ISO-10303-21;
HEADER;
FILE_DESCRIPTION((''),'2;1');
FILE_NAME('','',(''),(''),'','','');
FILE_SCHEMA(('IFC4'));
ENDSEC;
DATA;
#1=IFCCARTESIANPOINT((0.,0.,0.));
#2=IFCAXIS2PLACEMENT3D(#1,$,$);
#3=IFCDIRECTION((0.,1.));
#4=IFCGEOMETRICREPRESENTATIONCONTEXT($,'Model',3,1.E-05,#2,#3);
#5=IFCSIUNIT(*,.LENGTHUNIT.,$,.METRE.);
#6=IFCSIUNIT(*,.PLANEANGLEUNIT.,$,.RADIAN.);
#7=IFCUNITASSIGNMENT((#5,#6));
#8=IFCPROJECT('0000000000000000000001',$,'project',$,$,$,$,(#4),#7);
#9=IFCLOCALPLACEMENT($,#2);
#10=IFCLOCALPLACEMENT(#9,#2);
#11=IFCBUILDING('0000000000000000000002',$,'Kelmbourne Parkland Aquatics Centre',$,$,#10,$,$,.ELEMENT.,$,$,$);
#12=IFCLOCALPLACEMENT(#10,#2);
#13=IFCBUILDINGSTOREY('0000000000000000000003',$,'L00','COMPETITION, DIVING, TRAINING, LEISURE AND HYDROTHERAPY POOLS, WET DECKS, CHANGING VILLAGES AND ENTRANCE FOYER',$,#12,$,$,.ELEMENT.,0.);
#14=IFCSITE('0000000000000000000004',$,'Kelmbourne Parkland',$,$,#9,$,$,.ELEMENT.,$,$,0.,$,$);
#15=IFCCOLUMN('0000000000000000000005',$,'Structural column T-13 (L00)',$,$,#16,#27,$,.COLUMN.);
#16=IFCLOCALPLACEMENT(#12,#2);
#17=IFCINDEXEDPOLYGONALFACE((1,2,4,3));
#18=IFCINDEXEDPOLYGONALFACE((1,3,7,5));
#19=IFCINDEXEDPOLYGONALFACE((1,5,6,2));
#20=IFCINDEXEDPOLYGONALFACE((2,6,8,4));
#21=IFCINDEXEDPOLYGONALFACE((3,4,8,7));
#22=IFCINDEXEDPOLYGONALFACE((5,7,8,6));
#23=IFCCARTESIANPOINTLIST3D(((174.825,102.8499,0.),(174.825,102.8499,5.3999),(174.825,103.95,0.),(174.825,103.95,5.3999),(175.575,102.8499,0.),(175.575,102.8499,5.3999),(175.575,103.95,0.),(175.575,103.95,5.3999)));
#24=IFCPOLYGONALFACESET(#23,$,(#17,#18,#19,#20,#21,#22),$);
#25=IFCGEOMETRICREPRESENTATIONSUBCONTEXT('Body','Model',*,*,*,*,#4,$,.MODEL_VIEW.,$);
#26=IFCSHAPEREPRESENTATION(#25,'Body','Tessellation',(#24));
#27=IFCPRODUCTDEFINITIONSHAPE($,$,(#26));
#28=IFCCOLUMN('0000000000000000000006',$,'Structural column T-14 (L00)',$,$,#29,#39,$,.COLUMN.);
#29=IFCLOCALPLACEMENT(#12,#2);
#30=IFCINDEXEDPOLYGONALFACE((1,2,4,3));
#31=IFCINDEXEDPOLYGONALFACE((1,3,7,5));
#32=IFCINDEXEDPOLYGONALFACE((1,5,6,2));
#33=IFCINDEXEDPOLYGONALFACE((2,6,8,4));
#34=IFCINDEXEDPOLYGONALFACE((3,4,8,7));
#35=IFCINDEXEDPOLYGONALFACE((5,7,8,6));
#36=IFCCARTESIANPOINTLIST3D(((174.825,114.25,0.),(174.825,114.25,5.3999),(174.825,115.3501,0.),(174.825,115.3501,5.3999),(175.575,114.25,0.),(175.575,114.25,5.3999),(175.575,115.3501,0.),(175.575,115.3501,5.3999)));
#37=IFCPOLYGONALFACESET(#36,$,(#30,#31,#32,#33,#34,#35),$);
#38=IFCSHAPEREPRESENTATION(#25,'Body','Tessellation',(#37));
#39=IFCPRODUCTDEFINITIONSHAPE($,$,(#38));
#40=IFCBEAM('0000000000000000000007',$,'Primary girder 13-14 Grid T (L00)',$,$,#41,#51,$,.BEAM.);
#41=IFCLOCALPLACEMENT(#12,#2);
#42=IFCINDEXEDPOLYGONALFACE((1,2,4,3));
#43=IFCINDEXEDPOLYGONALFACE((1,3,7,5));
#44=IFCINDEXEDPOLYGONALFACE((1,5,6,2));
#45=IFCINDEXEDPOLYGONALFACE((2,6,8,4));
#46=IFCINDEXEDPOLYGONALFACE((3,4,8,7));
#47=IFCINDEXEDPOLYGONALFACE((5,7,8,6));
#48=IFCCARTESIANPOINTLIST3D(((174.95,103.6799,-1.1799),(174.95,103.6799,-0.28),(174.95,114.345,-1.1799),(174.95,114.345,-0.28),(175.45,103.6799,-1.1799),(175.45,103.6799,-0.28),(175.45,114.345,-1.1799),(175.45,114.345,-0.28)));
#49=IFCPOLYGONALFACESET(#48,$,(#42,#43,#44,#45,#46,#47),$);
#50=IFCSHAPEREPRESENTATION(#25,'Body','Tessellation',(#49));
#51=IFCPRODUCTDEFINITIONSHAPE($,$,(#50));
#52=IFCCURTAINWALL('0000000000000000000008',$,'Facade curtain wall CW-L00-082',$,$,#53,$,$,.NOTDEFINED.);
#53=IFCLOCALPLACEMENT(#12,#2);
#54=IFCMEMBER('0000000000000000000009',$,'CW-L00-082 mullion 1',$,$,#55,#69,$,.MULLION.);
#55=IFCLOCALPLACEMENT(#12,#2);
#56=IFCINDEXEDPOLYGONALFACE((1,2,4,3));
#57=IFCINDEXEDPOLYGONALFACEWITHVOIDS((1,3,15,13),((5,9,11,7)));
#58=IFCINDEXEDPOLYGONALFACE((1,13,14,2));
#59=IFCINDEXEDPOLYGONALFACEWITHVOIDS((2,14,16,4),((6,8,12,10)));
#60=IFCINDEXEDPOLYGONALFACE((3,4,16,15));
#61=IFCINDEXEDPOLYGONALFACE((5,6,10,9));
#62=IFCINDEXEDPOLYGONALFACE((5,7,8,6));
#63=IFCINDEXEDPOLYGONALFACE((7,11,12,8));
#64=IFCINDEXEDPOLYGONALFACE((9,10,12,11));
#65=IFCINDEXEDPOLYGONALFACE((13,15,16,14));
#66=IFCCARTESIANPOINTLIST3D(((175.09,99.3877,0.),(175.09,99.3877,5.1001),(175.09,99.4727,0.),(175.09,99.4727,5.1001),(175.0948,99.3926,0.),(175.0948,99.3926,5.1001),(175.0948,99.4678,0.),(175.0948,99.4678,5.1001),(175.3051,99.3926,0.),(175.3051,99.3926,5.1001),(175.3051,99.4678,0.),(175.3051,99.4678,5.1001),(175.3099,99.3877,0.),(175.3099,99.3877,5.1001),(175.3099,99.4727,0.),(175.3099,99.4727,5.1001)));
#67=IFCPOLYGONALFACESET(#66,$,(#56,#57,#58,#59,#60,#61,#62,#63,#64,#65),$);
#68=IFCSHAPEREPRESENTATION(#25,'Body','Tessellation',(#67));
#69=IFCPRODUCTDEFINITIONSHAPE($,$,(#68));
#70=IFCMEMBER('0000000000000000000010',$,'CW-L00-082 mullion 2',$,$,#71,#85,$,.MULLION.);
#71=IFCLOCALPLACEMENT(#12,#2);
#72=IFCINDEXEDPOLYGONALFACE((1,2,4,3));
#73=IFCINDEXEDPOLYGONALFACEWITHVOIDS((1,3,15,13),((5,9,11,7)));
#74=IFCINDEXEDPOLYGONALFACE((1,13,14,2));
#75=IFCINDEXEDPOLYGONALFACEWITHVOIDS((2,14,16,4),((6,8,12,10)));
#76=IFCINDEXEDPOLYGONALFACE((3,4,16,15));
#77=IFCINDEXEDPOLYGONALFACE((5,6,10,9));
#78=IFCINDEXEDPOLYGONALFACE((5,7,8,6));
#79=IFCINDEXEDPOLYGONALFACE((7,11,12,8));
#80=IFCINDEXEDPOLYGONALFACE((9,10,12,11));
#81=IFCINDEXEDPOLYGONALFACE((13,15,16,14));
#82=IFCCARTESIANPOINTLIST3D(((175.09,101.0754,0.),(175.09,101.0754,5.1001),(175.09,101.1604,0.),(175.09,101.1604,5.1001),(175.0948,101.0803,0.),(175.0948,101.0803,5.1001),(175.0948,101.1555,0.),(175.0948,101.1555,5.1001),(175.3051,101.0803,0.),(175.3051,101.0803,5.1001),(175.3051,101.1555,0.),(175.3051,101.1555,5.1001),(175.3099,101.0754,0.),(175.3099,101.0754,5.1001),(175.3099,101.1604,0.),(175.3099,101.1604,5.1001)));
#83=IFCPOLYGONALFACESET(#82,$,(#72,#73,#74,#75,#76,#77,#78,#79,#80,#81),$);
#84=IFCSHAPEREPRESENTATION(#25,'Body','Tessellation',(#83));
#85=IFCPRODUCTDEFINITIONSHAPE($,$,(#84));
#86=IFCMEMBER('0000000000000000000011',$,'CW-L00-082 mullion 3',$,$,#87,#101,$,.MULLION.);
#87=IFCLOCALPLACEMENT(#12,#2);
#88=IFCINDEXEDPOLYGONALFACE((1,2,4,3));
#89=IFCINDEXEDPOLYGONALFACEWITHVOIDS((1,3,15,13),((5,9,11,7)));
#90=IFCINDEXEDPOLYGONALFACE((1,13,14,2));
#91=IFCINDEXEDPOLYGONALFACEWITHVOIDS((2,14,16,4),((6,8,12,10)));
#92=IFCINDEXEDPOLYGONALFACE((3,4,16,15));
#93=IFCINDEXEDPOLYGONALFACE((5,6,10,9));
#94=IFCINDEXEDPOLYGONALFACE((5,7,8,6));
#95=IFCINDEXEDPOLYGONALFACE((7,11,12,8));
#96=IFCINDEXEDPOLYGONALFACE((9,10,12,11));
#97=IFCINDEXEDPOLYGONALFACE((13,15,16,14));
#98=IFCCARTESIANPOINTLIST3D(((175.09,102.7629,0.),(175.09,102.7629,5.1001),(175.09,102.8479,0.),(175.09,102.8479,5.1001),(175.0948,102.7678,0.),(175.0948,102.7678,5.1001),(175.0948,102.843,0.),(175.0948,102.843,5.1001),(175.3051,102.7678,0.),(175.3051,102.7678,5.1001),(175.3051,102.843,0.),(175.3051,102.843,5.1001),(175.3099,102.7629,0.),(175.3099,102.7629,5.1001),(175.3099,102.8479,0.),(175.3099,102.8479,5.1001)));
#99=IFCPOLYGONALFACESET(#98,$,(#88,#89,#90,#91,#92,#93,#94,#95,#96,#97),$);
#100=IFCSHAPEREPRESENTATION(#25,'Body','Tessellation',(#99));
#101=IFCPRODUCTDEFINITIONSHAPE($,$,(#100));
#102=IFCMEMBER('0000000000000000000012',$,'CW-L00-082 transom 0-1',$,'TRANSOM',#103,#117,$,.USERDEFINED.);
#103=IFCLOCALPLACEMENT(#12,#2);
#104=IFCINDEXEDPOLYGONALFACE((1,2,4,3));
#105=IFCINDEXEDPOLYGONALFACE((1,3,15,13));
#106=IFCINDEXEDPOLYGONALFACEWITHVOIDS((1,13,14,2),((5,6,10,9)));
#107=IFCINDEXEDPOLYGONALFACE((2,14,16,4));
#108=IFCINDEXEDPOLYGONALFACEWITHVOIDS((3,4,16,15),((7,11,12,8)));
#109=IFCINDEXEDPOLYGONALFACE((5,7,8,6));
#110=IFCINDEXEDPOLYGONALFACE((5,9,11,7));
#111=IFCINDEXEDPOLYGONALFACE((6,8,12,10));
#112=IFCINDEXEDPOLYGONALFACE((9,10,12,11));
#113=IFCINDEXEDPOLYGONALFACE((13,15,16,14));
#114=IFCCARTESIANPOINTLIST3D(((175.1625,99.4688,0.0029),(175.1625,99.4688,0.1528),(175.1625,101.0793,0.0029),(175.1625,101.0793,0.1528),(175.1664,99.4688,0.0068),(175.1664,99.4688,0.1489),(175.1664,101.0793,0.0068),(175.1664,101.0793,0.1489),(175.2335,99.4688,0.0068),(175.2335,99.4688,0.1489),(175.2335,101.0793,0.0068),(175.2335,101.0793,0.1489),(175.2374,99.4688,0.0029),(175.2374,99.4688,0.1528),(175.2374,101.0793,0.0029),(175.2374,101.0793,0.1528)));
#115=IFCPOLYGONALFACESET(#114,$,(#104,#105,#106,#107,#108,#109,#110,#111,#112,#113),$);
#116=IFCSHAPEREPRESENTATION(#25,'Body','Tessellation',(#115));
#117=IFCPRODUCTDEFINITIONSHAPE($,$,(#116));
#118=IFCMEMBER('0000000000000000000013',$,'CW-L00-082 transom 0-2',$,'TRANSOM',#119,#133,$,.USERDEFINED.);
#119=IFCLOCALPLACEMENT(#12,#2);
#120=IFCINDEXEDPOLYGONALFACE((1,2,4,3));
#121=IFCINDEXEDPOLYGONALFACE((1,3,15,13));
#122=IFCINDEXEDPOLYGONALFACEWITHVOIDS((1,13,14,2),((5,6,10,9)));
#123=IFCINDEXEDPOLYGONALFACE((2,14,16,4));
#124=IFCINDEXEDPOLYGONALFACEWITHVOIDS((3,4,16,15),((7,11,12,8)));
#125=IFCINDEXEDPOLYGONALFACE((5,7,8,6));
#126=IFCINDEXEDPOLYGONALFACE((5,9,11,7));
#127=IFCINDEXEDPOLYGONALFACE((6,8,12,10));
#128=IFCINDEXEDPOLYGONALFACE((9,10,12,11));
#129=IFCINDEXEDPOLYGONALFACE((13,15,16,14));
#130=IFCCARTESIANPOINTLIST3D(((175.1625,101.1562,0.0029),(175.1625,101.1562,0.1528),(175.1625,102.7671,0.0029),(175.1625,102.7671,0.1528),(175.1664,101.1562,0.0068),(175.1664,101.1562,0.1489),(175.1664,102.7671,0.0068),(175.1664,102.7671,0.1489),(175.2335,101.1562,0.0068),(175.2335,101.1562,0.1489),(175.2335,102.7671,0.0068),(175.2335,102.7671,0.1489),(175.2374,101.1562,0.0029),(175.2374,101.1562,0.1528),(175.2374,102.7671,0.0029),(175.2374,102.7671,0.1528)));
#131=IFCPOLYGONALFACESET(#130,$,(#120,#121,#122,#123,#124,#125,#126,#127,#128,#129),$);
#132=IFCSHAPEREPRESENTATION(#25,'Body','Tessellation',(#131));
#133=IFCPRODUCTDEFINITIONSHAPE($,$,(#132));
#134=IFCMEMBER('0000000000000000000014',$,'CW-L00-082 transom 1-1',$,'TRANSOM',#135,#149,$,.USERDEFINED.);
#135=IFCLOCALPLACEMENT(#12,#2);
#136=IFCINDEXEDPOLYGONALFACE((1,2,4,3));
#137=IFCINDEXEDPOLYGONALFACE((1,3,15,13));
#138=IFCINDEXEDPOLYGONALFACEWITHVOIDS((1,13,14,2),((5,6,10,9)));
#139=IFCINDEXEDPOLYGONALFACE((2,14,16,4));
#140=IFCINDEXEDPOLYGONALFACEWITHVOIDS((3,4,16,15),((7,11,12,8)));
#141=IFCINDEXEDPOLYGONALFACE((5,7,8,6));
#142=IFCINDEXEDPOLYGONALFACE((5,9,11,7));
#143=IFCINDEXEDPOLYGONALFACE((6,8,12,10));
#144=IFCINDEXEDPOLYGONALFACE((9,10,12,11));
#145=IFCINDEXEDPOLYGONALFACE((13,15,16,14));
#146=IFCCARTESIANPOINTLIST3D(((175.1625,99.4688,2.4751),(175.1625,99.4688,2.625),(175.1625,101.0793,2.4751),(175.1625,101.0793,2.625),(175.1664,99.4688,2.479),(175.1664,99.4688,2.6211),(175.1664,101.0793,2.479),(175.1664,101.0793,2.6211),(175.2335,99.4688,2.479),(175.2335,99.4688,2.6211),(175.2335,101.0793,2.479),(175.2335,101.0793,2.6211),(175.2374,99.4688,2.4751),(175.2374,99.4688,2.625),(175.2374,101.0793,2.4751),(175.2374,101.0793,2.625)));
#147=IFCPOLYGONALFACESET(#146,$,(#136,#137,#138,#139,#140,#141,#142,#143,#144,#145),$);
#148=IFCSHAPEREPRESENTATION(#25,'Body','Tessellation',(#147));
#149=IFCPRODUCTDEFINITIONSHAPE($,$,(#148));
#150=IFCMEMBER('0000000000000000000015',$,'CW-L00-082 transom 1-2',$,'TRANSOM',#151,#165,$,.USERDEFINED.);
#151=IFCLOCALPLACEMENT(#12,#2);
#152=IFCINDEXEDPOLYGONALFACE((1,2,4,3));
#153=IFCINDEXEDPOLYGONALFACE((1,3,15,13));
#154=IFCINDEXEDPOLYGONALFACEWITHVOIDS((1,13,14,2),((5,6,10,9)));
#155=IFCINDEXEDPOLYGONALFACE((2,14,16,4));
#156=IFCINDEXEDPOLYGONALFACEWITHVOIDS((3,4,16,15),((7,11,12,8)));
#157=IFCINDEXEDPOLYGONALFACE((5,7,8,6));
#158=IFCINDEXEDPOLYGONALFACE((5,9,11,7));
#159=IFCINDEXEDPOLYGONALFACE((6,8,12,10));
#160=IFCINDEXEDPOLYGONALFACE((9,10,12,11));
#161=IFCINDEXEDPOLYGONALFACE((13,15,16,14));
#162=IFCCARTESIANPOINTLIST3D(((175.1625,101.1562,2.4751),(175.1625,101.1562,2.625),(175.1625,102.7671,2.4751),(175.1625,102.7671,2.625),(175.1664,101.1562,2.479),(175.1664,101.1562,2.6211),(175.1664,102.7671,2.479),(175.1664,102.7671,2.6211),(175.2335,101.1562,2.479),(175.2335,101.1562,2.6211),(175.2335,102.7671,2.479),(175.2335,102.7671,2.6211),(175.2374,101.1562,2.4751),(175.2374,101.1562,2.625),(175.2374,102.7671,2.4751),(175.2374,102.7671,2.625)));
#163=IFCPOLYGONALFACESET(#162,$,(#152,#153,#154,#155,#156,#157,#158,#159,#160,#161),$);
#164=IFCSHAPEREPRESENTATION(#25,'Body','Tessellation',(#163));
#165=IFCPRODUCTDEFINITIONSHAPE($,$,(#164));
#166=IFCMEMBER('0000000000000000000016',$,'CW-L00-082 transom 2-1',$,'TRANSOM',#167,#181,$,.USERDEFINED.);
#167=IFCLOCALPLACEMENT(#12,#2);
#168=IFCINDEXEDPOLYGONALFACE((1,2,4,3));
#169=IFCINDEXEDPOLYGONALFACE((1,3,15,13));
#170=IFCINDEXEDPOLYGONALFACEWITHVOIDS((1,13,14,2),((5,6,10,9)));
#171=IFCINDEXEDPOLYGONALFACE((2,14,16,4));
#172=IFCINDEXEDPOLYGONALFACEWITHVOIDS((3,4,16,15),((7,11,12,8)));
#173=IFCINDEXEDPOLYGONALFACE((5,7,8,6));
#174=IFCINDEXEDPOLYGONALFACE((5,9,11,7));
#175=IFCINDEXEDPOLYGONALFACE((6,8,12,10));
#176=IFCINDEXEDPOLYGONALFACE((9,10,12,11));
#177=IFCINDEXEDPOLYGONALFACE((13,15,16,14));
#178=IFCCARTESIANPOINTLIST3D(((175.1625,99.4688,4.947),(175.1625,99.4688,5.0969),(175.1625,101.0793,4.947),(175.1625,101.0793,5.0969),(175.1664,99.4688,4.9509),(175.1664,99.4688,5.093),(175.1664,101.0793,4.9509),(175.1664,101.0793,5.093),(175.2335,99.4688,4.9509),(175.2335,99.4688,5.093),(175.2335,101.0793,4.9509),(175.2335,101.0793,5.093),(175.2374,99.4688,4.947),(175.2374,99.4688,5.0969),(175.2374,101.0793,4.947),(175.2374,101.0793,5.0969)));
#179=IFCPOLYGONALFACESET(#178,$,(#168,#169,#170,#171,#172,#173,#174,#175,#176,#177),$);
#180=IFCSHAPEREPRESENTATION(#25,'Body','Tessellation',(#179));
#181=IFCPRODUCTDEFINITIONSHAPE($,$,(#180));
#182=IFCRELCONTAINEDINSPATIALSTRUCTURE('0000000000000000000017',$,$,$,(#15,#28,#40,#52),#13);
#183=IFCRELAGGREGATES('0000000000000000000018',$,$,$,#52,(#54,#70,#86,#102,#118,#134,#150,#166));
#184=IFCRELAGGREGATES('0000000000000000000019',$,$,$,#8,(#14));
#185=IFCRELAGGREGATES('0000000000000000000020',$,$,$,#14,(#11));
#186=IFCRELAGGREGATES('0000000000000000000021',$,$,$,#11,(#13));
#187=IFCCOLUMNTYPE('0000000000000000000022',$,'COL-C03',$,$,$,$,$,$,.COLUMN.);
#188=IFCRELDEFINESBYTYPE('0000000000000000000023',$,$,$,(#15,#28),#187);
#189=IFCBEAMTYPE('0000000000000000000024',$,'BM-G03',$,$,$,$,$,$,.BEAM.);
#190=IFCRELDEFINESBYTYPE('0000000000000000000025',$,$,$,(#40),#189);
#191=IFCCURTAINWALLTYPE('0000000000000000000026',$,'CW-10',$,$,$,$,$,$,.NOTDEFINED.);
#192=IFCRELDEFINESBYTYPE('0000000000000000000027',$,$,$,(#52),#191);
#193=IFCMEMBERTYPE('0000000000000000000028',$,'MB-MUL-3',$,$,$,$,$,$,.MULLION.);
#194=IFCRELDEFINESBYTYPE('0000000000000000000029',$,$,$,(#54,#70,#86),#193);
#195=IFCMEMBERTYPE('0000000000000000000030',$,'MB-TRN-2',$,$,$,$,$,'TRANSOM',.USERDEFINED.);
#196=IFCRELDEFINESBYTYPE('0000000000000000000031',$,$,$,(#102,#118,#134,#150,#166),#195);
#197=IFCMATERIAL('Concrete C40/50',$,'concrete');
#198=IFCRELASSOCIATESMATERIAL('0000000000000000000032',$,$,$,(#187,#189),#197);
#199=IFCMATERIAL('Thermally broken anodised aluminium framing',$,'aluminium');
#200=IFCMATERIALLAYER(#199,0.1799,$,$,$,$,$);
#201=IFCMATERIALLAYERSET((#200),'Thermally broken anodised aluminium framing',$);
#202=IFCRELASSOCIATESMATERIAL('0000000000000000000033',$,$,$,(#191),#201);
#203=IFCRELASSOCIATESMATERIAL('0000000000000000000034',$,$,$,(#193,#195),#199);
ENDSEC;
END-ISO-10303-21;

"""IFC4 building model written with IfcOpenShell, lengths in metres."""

from ifc_helpers import new_model, si_unit, direction, frame, origin, origin_2d, place, context, subcontext, project, spatial, rectangle, hollow_rectangle, extrude, material, layer, layer_set, material_profile, profile_set, type_object, element, aggregate, save


model = new_model("IFC4")

# Units and contexts
model_context = context("Model", 3, precision=1e-05, world=origin(), true_north=direction((0.0, 1.0)))
body_context = subcontext(model_context, "Body", "Model", "MODEL_VIEW")
ifc_project = project(units=[si_unit("LENGTHUNIT", "METRE"), si_unit("PLANEANGLEUNIT", "RADIAN")], contexts=[model_context])

# Site, building, storey
site_placement = place(None, origin())
site = spatial("IfcSite", under=ifc_project, at=site_placement, Name="Kelmbourne Parkland", CompositionType="ELEMENT", RefElevation=0.0)
building_placement = place(site_placement, origin())
building = spatial("IfcBuilding", under=site, at=building_placement, Name="Kelmbourne Parkland Aquatics Centre", CompositionType="ELEMENT")
storey_placement = place(building_placement, origin())
storey = spatial("IfcBuildingStorey", under=building, at=storey_placement, Name="L00", Description="COMPETITION, DIVING, TRAINING, LEISURE AND HYDROTHERAPY POOLS, WET DECKS, CHANGING VILLAGES AND ENTRANCE FOYER", CompositionType="ELEMENT", Elevation=0.0)

# Columns
ifc_material_1 = material(Name="Concrete C40/50", Category="concrete")
ifc_material_profile_1 = material_profile(ifc_material_1, rectangle(XDim=0.75, YDim=1.1001, at=origin_2d()), Name="RC 750x1100")
ifc_profile_set_1 = profile_set([ifc_material_profile_1], Name="Concrete C40/50")
column_type = type_object("IfcColumnType", Name="COL-C03", PredefinedType="COLUMN", material=ifc_profile_set_1)
for number, where, z_axis, x_axis, name in (
    (1, (175.2, 103.3999, 0.0), (0.0, 0.0, 1.0), (1.0, 0.0, 0.0), "Structural column T-13 (L00)"),
    (2, (175.2, 114.8, 0.0), (0.0, 0.0, 1.0), (1.0, 0.0, 0.0), "Structural column T-14 (L00)"),
):
    element("IfcColumn", number, at=place(storey_placement, frame(where, z_axis=z_axis, x_axis=x_axis)), inside=storey, type_object=column_type, Name=name, PredefinedType="COLUMN", context=body_context, shape_type="SweptSolid", body=[
        extrude(rectangle(XDim=0.75, YDim=1.1001, at=origin_2d()), origin(), (0.0, 0.0, 1.0), 5.3999),
    ])

# Beam
ifc_material_profile_2 = material_profile(ifc_material_1, rectangle(XDim=0.5, YDim=0.8999, at=origin_2d()), Name="RC 500x900")
ifc_profile_set_2 = profile_set([ifc_material_profile_2], Name="Concrete C40/50")
beam_type = type_object("IfcBeamType", Name="BM-G03", PredefinedType="BEAM", material=ifc_profile_set_2)
beam_placement = place(storey_placement, frame((175.2, 103.6799, -0.73), z_axis=(0.0, 1.0, 0.0), x_axis=(-1.0, 0.0, 0.0)))
element("IfcBeam", 3, at=beam_placement, inside=storey, type_object=beam_type, Name="Primary girder 13-14 Grid T (L00)", PredefinedType="BEAM", context=body_context, shape_type="SweptSolid", body=[
    extrude(rectangle(XDim=0.5, YDim=0.8999, at=origin_2d()), origin(), (0.0, 0.0, 1.0), 10.665),
])

# Curtain wall, members
ifc_material_2 = material(Name="Thermally broken anodised aluminium framing", Category="aluminium")
ifc_layer_1 = layer(ifc_material_2, 0.1799)
ifc_layer_set_1 = layer_set([ifc_layer_1], Name="Thermally broken anodised aluminium framing")
curtain_wall_type = type_object("IfcCurtainWallType", Name="CW-10", PredefinedType="NOTDEFINED", material=ifc_layer_set_1)
curtain_wall_placement = place(storey_placement, origin())
curtain_wall = element("IfcCurtainWall", 4, at=curtain_wall_placement, inside=storey, type_object=curtain_wall_type, Name="Facade curtain wall CW-L00-082", PredefinedType="NOTDEFINED")
ifc_material_profile_3 = material_profile(ifc_material_2, hollow_rectangle(XDim=0.085, YDim=0.22, WallThickness=0.0049, at=origin_2d()), Name="CW-M 85x220")
ifc_profile_set_3 = profile_set([ifc_material_profile_3], Name="Thermally broken anodised aluminium framing")
member_type_1 = type_object("IfcMemberType", Name="MB-MUL-3", PredefinedType="MULLION", material=ifc_profile_set_3)
member_1_placement = place(storey_placement, frame((175.2, 99.4302, 0.0), z_axis=(0.0, 0.0, 1.0), x_axis=(0.0, 1.0, 0.0)))
member_1 = element("IfcMember", 5, at=member_1_placement, type_object=member_type_1, Name="CW-L00-082 mullion 1", PredefinedType="MULLION", context=body_context, shape_type="SweptSolid", body=[
    extrude(hollow_rectangle(XDim=0.085, YDim=0.22, WallThickness=0.0049, at=origin_2d()), origin(), (0.0, 0.0, 1.0), 5.1001),
])
member_2_placement = place(storey_placement, frame((175.2, 101.1179, 0.0), z_axis=(0.0, 0.0, 1.0), x_axis=(0.0, 1.0, 0.0)))
member_2 = element("IfcMember", 6, at=member_2_placement, type_object=member_type_1, Name="CW-L00-082 mullion 2", PredefinedType="MULLION", context=body_context, shape_type="SweptSolid", body=[
    extrude(hollow_rectangle(XDim=0.085, YDim=0.22, WallThickness=0.0049, at=origin_2d()), origin(), (0.0, 0.0, 1.0), 5.1001),
])
member_3_placement = place(storey_placement, frame((175.2, 102.8054, 0.0), z_axis=(0.0, 0.0, 1.0), x_axis=(0.0, 1.0, 0.0)))
member_3 = element("IfcMember", 7, at=member_3_placement, type_object=member_type_1, Name="CW-L00-082 mullion 3", PredefinedType="MULLION", context=body_context, shape_type="SweptSolid", body=[
    extrude(hollow_rectangle(XDim=0.085, YDim=0.22, WallThickness=0.0049, at=origin_2d()), origin(), (0.0, 0.0, 1.0), 5.1001),
])
ifc_material_profile_4 = material_profile(ifc_material_2, hollow_rectangle(XDim=0.075, YDim=0.1499, WallThickness=0.0039, at=origin_2d()), Name="CW-T 75x150")
ifc_profile_set_4 = profile_set([ifc_material_profile_4], Name="Thermally broken anodised aluminium framing")
member_type_2 = type_object("IfcMemberType", Name="MB-TRN-2", ElementType="TRANSOM", PredefinedType="USERDEFINED", material=ifc_profile_set_4)
member_4_placement = place(storey_placement, frame((175.2, 99.4688, 0.0779), z_axis=(0.0, 1.0, 0.0), x_axis=(-1.0, 0.0, 0.0)))
member_4 = element("IfcMember", 8, at=member_4_placement, type_object=member_type_2, Name="CW-L00-082 transom 0-1", ObjectType="TRANSOM", PredefinedType="USERDEFINED", context=body_context, shape_type="SweptSolid", body=[
    extrude(hollow_rectangle(XDim=0.075, YDim=0.1499, WallThickness=0.0039, at=origin_2d()), origin(), (0.0, 0.0, 1.0), 1.6106),
])
member_5_placement = place(storey_placement, frame((175.2, 101.1562, 0.0779), z_axis=(0.0, 1.0, 0.0), x_axis=(-1.0, 0.0, 0.0)))
member_5 = element("IfcMember", 9, at=member_5_placement, type_object=member_type_2, Name="CW-L00-082 transom 0-2", ObjectType="TRANSOM", PredefinedType="USERDEFINED", context=body_context, shape_type="SweptSolid", body=[
    extrude(hollow_rectangle(XDim=0.075, YDim=0.1499, WallThickness=0.0039, at=origin_2d()), origin(), (0.0, 0.0, 1.0), 1.6108),
])
member_6_placement = place(storey_placement, frame((175.2, 99.4688, 2.55), z_axis=(0.0, 1.0, 0.0), x_axis=(-1.0, 0.0, 0.0)))
member_6 = element("IfcMember", 10, at=member_6_placement, type_object=member_type_2, Name="CW-L00-082 transom 1-1", ObjectType="TRANSOM", PredefinedType="USERDEFINED", context=body_context, shape_type="SweptSolid", body=[
    extrude(hollow_rectangle(XDim=0.075, YDim=0.1499, WallThickness=0.0039, at=origin_2d()), origin(), (0.0, 0.0, 1.0), 1.6106),
])
member_7_placement = place(storey_placement, frame((175.2, 101.1562, 2.55), z_axis=(0.0, 1.0, 0.0), x_axis=(-1.0, 0.0, 0.0)))
member_7 = element("IfcMember", 11, at=member_7_placement, type_object=member_type_2, Name="CW-L00-082 transom 1-2", ObjectType="TRANSOM", PredefinedType="USERDEFINED", context=body_context, shape_type="SweptSolid", body=[
    extrude(hollow_rectangle(XDim=0.075, YDim=0.1499, WallThickness=0.0039, at=origin_2d()), origin(), (0.0, 0.0, 1.0), 1.6108),
])
member_8_placement = place(storey_placement, frame((175.2, 99.4688, 5.022), z_axis=(0.0, 1.0, 0.0), x_axis=(-1.0, 0.0, 0.0)))
member_8 = element("IfcMember", 12, at=member_8_placement, type_object=member_type_2, Name="CW-L00-082 transom 2-1", ObjectType="TRANSOM", PredefinedType="USERDEFINED", context=body_context, shape_type="SweptSolid", body=[
    extrude(hollow_rectangle(XDim=0.075, YDim=0.1499, WallThickness=0.0039, at=origin_2d()), origin(), (0.0, 0.0, 1.0), 1.6106),
])
aggregate(curtain_wall, [member_1, member_2, member_3, member_4, member_5, member_6, member_7, member_8])

save(model, "model.ifc")
